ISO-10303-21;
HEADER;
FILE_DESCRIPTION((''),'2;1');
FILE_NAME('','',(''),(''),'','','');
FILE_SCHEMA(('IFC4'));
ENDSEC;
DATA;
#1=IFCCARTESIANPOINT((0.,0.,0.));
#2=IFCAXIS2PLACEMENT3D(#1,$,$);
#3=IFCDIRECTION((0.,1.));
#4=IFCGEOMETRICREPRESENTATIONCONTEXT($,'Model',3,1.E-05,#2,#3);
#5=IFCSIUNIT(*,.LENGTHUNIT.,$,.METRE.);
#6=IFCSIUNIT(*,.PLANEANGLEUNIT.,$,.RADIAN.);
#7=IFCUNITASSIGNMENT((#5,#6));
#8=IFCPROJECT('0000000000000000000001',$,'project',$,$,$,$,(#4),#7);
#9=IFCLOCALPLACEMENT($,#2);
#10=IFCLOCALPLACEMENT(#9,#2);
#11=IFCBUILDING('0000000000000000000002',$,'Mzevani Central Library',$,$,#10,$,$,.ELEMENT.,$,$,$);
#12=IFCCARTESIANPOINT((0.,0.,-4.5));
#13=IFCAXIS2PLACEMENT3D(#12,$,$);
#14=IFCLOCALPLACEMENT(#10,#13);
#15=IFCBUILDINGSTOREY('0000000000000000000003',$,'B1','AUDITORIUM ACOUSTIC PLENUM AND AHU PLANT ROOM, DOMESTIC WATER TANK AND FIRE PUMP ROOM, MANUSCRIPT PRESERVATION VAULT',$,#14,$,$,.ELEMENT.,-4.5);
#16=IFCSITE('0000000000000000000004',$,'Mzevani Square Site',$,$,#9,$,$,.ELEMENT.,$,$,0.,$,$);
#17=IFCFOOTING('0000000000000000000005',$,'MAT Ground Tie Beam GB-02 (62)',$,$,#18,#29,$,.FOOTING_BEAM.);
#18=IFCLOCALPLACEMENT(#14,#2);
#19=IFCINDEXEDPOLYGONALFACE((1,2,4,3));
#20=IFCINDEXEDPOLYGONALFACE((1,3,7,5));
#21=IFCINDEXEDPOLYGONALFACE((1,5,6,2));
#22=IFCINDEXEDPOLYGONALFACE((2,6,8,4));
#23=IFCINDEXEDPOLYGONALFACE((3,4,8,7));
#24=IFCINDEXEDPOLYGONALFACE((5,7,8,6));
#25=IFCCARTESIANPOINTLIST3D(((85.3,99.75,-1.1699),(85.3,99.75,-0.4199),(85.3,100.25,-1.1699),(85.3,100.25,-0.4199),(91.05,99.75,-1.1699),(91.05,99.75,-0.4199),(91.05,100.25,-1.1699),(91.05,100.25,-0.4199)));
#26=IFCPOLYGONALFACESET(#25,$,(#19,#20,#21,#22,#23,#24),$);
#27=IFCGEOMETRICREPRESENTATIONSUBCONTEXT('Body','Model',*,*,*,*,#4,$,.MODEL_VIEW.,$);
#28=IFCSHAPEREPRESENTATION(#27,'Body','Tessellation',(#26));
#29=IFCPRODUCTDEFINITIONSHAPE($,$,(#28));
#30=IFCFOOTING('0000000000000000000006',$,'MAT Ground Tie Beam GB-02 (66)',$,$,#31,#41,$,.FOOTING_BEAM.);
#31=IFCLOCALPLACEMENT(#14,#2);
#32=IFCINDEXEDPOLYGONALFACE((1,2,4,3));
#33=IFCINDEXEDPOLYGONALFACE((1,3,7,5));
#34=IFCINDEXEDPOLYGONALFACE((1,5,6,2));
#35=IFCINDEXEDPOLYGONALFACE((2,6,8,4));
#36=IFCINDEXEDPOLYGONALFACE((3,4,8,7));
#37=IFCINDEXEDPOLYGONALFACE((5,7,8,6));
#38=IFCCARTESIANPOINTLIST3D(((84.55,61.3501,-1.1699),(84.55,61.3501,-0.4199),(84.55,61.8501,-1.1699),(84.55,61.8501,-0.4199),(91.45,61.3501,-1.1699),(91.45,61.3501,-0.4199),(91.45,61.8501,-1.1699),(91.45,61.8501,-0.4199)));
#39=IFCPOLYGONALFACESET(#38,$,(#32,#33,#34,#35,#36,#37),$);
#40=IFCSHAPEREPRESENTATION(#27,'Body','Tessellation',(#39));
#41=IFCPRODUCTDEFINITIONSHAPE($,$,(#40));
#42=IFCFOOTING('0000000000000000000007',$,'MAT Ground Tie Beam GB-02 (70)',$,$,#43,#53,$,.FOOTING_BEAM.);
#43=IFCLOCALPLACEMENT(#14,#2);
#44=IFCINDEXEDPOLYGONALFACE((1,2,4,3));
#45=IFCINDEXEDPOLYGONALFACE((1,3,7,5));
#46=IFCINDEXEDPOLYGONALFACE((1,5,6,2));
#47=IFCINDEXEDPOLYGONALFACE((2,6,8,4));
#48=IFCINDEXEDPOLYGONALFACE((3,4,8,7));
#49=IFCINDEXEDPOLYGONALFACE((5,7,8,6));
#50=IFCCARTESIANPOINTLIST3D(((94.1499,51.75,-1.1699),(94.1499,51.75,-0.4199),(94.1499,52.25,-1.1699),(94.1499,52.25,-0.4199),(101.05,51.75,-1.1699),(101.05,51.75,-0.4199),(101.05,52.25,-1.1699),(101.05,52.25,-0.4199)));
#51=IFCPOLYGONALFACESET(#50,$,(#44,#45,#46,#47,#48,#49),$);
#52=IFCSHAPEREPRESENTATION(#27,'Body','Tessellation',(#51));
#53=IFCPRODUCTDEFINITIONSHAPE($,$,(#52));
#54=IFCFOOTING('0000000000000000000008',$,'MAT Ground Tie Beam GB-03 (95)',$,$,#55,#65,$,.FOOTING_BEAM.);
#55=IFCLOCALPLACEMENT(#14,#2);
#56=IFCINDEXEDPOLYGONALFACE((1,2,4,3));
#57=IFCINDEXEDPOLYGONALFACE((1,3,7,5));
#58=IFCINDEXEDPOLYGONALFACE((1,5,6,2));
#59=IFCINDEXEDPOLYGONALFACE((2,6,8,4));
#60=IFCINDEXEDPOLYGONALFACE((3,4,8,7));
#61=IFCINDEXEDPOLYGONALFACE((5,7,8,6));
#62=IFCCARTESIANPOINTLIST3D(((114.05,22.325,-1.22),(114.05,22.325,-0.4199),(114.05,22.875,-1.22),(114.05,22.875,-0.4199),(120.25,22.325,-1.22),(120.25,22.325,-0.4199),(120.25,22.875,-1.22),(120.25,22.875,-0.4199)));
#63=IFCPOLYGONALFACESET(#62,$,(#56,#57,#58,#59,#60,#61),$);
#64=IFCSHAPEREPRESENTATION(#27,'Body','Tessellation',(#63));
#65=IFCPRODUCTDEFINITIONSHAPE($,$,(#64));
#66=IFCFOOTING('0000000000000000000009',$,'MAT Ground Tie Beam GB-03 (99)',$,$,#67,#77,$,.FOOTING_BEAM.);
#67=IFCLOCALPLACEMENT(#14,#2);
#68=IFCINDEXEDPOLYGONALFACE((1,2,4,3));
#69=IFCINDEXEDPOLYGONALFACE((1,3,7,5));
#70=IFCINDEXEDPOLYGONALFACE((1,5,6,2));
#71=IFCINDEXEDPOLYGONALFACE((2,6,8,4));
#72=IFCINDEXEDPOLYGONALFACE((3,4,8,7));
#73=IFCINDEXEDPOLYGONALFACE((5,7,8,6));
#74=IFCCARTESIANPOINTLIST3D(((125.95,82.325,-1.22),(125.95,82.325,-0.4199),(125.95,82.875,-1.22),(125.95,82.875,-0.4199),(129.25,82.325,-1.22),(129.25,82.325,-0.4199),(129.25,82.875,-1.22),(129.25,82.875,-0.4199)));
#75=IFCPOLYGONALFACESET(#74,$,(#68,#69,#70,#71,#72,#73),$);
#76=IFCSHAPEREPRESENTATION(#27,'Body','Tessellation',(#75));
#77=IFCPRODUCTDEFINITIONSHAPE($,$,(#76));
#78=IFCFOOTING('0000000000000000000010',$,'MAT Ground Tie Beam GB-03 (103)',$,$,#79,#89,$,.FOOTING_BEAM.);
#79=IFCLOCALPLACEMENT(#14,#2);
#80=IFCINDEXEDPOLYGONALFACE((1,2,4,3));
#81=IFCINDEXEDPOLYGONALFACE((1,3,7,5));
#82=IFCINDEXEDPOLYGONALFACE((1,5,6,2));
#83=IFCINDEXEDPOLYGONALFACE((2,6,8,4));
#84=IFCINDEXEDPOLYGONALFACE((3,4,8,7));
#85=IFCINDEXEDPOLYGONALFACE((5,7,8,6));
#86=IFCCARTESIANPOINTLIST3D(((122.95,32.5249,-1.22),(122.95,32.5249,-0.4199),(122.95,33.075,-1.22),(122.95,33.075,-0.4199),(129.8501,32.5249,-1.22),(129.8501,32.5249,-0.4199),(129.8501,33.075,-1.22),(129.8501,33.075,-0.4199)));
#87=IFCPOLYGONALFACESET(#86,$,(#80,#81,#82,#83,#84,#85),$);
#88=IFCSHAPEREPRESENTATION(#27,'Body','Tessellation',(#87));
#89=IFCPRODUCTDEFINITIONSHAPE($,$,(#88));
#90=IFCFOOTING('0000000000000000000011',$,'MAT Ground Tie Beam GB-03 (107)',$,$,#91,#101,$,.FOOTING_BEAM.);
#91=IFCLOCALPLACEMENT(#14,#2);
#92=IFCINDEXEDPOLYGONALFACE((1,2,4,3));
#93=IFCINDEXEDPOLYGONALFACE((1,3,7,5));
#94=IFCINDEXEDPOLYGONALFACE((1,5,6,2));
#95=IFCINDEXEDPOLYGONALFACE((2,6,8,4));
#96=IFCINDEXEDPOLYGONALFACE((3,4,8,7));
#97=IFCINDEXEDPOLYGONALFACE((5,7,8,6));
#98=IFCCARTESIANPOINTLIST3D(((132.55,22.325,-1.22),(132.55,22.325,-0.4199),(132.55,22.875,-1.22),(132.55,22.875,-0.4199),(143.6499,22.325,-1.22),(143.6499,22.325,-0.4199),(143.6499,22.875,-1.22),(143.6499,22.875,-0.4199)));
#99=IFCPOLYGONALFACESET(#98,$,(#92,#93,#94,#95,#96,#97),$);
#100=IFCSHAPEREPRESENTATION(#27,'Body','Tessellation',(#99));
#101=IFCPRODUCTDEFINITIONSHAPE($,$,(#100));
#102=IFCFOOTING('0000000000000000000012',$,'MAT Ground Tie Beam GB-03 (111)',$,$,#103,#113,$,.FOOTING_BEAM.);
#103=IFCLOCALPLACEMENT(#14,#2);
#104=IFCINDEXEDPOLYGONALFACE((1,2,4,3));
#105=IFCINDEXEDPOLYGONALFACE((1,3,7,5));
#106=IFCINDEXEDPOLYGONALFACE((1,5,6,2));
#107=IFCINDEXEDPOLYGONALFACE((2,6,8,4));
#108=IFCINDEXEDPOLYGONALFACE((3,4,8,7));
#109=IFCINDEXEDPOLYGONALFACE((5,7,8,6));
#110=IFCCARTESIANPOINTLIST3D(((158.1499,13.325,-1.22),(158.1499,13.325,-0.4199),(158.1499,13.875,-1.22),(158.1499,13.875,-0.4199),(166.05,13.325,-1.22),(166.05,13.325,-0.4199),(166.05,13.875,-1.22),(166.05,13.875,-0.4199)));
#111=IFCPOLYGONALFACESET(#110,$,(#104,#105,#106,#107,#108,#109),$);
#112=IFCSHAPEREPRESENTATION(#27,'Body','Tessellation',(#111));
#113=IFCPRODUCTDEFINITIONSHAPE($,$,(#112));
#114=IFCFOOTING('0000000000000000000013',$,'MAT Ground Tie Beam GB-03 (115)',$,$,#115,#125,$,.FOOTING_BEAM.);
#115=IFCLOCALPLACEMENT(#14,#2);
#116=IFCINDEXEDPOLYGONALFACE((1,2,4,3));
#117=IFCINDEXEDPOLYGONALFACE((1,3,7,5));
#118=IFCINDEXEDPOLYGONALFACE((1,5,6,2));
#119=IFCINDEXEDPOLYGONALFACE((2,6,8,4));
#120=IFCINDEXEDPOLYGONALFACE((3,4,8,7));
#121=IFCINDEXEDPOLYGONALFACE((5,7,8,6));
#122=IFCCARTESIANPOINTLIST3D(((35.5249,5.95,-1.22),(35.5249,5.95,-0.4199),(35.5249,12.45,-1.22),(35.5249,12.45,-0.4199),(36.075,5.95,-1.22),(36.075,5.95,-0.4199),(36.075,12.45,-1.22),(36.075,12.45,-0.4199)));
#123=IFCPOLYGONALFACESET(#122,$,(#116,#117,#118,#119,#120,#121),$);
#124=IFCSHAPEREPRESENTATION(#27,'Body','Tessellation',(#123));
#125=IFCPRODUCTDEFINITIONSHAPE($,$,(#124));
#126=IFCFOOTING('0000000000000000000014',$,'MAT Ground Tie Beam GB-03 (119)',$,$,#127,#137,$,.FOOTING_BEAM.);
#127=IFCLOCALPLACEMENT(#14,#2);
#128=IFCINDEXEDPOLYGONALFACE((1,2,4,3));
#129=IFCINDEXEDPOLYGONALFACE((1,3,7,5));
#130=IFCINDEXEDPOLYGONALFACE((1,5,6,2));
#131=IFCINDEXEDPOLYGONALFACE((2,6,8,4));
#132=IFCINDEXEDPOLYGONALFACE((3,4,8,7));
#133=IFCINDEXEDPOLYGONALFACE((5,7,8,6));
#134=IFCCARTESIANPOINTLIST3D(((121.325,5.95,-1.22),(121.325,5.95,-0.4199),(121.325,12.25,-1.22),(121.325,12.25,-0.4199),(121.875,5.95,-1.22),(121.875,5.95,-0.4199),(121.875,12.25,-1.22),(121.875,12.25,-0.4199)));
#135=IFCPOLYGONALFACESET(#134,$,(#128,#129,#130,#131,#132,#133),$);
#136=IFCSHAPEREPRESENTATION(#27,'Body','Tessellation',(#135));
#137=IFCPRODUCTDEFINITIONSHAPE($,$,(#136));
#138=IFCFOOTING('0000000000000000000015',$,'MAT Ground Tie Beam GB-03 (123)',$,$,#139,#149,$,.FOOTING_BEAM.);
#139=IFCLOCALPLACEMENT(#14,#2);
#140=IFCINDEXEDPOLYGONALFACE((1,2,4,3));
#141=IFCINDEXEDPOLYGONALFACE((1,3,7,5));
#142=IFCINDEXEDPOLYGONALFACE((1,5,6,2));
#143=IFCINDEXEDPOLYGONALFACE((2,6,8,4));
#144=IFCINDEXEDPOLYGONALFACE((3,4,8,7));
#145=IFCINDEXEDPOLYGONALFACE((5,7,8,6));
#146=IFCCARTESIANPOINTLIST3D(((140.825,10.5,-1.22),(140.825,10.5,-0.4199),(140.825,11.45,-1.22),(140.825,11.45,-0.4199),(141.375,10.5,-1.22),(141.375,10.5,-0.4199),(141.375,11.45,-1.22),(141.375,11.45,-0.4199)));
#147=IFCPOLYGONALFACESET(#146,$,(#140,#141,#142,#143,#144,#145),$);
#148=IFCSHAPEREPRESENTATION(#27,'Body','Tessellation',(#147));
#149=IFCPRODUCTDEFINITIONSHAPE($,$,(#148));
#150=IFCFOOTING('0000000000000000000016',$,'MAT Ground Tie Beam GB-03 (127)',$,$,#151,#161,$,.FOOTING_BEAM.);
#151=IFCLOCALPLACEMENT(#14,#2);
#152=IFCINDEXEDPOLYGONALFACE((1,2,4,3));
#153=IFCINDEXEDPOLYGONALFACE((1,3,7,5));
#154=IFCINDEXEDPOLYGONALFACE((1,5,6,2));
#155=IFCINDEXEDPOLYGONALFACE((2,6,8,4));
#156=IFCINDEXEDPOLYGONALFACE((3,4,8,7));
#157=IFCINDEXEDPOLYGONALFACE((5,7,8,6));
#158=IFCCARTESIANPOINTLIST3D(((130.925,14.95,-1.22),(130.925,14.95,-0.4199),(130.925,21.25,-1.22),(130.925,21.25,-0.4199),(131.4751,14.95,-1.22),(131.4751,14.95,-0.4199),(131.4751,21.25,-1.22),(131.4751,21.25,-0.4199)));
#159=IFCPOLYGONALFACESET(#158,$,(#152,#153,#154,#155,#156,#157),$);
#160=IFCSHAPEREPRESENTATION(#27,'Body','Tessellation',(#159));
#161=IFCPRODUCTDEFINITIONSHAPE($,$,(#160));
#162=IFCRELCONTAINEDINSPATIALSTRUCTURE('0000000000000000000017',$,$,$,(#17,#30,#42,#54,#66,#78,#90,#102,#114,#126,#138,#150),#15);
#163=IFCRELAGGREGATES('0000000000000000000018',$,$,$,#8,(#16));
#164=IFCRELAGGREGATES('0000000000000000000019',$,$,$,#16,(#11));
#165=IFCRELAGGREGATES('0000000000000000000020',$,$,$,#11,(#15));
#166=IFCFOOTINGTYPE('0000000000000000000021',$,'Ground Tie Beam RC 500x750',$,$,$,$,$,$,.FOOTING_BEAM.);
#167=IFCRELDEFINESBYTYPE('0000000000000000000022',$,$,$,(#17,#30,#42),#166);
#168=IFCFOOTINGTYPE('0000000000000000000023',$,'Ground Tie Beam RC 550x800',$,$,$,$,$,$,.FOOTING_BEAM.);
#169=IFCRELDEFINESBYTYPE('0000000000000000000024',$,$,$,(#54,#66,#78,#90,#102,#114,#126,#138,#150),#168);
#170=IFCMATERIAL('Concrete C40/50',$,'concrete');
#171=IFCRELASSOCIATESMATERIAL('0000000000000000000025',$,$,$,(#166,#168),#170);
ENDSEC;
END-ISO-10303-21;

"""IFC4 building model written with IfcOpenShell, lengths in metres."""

from ifc_helpers import new_model, si_unit, direction, frame, origin, place, context, subcontext, project, spatial, polyline, outline, extrude, material, type_object, element, save


model = new_model("IFC4")

# Units and contexts
model_context = context("Model", 3, precision=1e-05, world=origin(), true_north=direction((0.0, 1.0)))
body_context = subcontext(model_context, "Body", "Model", "MODEL_VIEW")
ifc_project = project(units=[si_unit("LENGTHUNIT", "METRE"), si_unit("PLANEANGLEUNIT", "RADIAN")], contexts=[model_context])

# Site, building, storey
site_placement = place(None, origin())
site = spatial("IfcSite", under=ifc_project, at=site_placement, Name="Mzevani Square Site", CompositionType="ELEMENT", RefElevation=0.0)
building_placement = place(site_placement, origin())
building = spatial("IfcBuilding", under=site, at=building_placement, Name="Mzevani Central Library", CompositionType="ELEMENT")
storey_placement = place(building_placement, frame((0.0, 0.0, -4.5)))
storey = spatial("IfcBuildingStorey", under=building, at=storey_placement, Name="B1", Description="AUDITORIUM ACOUSTIC PLENUM AND AHU PLANT ROOM, DOMESTIC WATER TANK AND FIRE PUMP ROOM, MANUSCRIPT PRESERVATION VAULT", CompositionType="ELEMENT", Elevation=-4.5)

# Footings
ifc_material = material(Name="Concrete C40/50", Category="concrete")
footing_type_1 = type_object("IfcFootingType", Name="Ground Tie Beam RC 500x750", PredefinedType="FOOTING_BEAM", material=ifc_material)
footing_1_placement = place(storey_placement, frame((0.0, 0.0, -1.1699)))
element("IfcFooting", 1, at=footing_1_placement, inside=storey, type_object=footing_type_1, Name="MAT Ground Tie Beam GB-02 (62)", PredefinedType="FOOTING_BEAM", context=body_context, shape_type="SweptSolid", body=[
    extrude(outline(polyline([(85.3, 99.75), (91.05, 99.75), (91.05, 100.25), (85.3, 100.25), (85.3, 99.75)])), origin(), (0.0, 0.0, 1.0), 0.75),
])
footing_2_placement = place(storey_placement, frame((0.0, 0.0, -1.1699)))
element("IfcFooting", 2, at=footing_2_placement, inside=storey, type_object=footing_type_1, Name="MAT Ground Tie Beam GB-02 (66)", PredefinedType="FOOTING_BEAM", context=body_context, shape_type="SweptSolid", body=[
    extrude(outline(polyline([(84.55, 61.3501), (91.45, 61.3501), (91.45, 61.8501), (84.55, 61.8501), (84.55, 61.3501)])), origin(), (0.0, 0.0, 1.0), 0.75),
])
footing_3_placement = place(storey_placement, frame((0.0, 0.0, -1.1699)))
element("IfcFooting", 3, at=footing_3_placement, inside=storey, type_object=footing_type_1, Name="MAT Ground Tie Beam GB-02 (70)", PredefinedType="FOOTING_BEAM", context=body_context, shape_type="SweptSolid", body=[
    extrude(outline(polyline([(94.1499, 51.75), (101.05, 51.75), (101.05, 52.25), (94.1499, 52.25), (94.1499, 51.75)])), origin(), (0.0, 0.0, 1.0), 0.75),
])
footing_type_2 = type_object("IfcFootingType", Name="Ground Tie Beam RC 550x800", PredefinedType="FOOTING_BEAM", material=ifc_material)
footing_4_placement = place(storey_placement, frame((0.0, 0.0, -1.22)))
element("IfcFooting", 4, at=footing_4_placement, inside=storey, type_object=footing_type_2, Name="MAT Ground Tie Beam GB-03 (95)", PredefinedType="FOOTING_BEAM", context=body_context, shape_type="SweptSolid", body=[
    extrude(outline(polyline([(114.05, 22.325), (120.25, 22.325), (120.25, 22.875), (114.05, 22.875), (114.05, 22.325)])), origin(), (0.0, 0.0, 1.0), 0.8),
])
footing_5_placement = place(storey_placement, frame((0.0, 0.0, -1.22)))
element("IfcFooting", 5, at=footing_5_placement, inside=storey, type_object=footing_type_2, Name="MAT Ground Tie Beam GB-03 (99)", PredefinedType="FOOTING_BEAM", context=body_context, shape_type="SweptSolid", body=[
    extrude(outline(polyline([(125.95, 82.325), (129.25, 82.325), (129.25, 82.875), (125.95, 82.875), (125.95, 82.325)])), origin(), (0.0, 0.0, 1.0), 0.8),
])
footing_6_placement = place(storey_placement, frame((0.0, 0.0, -1.22)))
element("IfcFooting", 6, at=footing_6_placement, inside=storey, type_object=footing_type_2, Name="MAT Ground Tie Beam GB-03 (103)", PredefinedType="FOOTING_BEAM", context=body_context, shape_type="SweptSolid", body=[
    extrude(outline(polyline([(122.95, 32.5249), (129.8501, 32.5249), (129.8501, 33.075), (122.95, 33.075), (122.95, 32.5249)])), origin(), (0.0, 0.0, 1.0), 0.8),
])
footing_7_placement = place(storey_placement, frame((0.0, 0.0, -1.22)))
element("IfcFooting", 7, at=footing_7_placement, inside=storey, type_object=footing_type_2, Name="MAT Ground Tie Beam GB-03 (107)", PredefinedType="FOOTING_BEAM", context=body_context, shape_type="SweptSolid", body=[
    extrude(outline(polyline([(132.55, 22.325), (143.6499, 22.325), (143.6499, 22.875), (132.55, 22.875), (132.55, 22.325)])), origin(), (0.0, 0.0, 1.0), 0.8),
])
footing_8_placement = place(storey_placement, frame((0.0, 0.0, -1.22)))
element("IfcFooting", 8, at=footing_8_placement, inside=storey, type_object=footing_type_2, Name="MAT Ground Tie Beam GB-03 (111)", PredefinedType="FOOTING_BEAM", context=body_context, shape_type="SweptSolid", body=[
    extrude(outline(polyline([(158.1499, 13.325), (166.05, 13.325), (166.05, 13.875), (158.1499, 13.875), (158.1499, 13.325)])), origin(), (0.0, 0.0, 1.0), 0.8),
])
footing_9_placement = place(storey_placement, frame((0.0, 0.0, -1.22)))
element("IfcFooting", 9, at=footing_9_placement, inside=storey, type_object=footing_type_2, Name="MAT Ground Tie Beam GB-03 (115)", PredefinedType="FOOTING_BEAM", context=body_context, shape_type="SweptSolid", body=[
    extrude(outline(polyline([(35.5249, 5.95), (36.075, 5.95), (36.075, 12.45), (35.5249, 12.45), (35.5249, 5.95)])), origin(), (0.0, 0.0, 1.0), 0.8),
])
footing_10_placement = place(storey_placement, frame((0.0, 0.0, -1.22)))
element("IfcFooting", 10, at=footing_10_placement, inside=storey, type_object=footing_type_2, Name="MAT Ground Tie Beam GB-03 (119)", PredefinedType="FOOTING_BEAM", context=body_context, shape_type="SweptSolid", body=[
    extrude(outline(polyline([(121.325, 5.95), (121.875, 5.95), (121.875, 12.25), (121.325, 12.25), (121.325, 5.95)])), origin(), (0.0, 0.0, 1.0), 0.8),
])
footing_11_placement = place(storey_placement, frame((0.0, 0.0, -1.22)))
element("IfcFooting", 11, at=footing_11_placement, inside=storey, type_object=footing_type_2, Name="MAT Ground Tie Beam GB-03 (123)", PredefinedType="FOOTING_BEAM", context=body_context, shape_type="SweptSolid", body=[
    extrude(outline(polyline([(140.825, 10.5), (141.375, 10.5), (141.375, 11.45), (140.825, 11.45), (140.825, 10.5)])), origin(), (0.0, 0.0, 1.0), 0.8),
])
footing_12_placement = place(storey_placement, frame((0.0, 0.0, -1.22)))
element("IfcFooting", 12, at=footing_12_placement, inside=storey, type_object=footing_type_2, Name="MAT Ground Tie Beam GB-03 (127)", PredefinedType="FOOTING_BEAM", context=body_context, shape_type="SweptSolid", body=[
    extrude(outline(polyline([(130.925, 14.95), (131.4751, 14.95), (131.4751, 21.25), (130.925, 21.25), (130.925, 14.95)])), origin(), (0.0, 0.0, 1.0), 0.8),
])

save(model, "model.ifc")
